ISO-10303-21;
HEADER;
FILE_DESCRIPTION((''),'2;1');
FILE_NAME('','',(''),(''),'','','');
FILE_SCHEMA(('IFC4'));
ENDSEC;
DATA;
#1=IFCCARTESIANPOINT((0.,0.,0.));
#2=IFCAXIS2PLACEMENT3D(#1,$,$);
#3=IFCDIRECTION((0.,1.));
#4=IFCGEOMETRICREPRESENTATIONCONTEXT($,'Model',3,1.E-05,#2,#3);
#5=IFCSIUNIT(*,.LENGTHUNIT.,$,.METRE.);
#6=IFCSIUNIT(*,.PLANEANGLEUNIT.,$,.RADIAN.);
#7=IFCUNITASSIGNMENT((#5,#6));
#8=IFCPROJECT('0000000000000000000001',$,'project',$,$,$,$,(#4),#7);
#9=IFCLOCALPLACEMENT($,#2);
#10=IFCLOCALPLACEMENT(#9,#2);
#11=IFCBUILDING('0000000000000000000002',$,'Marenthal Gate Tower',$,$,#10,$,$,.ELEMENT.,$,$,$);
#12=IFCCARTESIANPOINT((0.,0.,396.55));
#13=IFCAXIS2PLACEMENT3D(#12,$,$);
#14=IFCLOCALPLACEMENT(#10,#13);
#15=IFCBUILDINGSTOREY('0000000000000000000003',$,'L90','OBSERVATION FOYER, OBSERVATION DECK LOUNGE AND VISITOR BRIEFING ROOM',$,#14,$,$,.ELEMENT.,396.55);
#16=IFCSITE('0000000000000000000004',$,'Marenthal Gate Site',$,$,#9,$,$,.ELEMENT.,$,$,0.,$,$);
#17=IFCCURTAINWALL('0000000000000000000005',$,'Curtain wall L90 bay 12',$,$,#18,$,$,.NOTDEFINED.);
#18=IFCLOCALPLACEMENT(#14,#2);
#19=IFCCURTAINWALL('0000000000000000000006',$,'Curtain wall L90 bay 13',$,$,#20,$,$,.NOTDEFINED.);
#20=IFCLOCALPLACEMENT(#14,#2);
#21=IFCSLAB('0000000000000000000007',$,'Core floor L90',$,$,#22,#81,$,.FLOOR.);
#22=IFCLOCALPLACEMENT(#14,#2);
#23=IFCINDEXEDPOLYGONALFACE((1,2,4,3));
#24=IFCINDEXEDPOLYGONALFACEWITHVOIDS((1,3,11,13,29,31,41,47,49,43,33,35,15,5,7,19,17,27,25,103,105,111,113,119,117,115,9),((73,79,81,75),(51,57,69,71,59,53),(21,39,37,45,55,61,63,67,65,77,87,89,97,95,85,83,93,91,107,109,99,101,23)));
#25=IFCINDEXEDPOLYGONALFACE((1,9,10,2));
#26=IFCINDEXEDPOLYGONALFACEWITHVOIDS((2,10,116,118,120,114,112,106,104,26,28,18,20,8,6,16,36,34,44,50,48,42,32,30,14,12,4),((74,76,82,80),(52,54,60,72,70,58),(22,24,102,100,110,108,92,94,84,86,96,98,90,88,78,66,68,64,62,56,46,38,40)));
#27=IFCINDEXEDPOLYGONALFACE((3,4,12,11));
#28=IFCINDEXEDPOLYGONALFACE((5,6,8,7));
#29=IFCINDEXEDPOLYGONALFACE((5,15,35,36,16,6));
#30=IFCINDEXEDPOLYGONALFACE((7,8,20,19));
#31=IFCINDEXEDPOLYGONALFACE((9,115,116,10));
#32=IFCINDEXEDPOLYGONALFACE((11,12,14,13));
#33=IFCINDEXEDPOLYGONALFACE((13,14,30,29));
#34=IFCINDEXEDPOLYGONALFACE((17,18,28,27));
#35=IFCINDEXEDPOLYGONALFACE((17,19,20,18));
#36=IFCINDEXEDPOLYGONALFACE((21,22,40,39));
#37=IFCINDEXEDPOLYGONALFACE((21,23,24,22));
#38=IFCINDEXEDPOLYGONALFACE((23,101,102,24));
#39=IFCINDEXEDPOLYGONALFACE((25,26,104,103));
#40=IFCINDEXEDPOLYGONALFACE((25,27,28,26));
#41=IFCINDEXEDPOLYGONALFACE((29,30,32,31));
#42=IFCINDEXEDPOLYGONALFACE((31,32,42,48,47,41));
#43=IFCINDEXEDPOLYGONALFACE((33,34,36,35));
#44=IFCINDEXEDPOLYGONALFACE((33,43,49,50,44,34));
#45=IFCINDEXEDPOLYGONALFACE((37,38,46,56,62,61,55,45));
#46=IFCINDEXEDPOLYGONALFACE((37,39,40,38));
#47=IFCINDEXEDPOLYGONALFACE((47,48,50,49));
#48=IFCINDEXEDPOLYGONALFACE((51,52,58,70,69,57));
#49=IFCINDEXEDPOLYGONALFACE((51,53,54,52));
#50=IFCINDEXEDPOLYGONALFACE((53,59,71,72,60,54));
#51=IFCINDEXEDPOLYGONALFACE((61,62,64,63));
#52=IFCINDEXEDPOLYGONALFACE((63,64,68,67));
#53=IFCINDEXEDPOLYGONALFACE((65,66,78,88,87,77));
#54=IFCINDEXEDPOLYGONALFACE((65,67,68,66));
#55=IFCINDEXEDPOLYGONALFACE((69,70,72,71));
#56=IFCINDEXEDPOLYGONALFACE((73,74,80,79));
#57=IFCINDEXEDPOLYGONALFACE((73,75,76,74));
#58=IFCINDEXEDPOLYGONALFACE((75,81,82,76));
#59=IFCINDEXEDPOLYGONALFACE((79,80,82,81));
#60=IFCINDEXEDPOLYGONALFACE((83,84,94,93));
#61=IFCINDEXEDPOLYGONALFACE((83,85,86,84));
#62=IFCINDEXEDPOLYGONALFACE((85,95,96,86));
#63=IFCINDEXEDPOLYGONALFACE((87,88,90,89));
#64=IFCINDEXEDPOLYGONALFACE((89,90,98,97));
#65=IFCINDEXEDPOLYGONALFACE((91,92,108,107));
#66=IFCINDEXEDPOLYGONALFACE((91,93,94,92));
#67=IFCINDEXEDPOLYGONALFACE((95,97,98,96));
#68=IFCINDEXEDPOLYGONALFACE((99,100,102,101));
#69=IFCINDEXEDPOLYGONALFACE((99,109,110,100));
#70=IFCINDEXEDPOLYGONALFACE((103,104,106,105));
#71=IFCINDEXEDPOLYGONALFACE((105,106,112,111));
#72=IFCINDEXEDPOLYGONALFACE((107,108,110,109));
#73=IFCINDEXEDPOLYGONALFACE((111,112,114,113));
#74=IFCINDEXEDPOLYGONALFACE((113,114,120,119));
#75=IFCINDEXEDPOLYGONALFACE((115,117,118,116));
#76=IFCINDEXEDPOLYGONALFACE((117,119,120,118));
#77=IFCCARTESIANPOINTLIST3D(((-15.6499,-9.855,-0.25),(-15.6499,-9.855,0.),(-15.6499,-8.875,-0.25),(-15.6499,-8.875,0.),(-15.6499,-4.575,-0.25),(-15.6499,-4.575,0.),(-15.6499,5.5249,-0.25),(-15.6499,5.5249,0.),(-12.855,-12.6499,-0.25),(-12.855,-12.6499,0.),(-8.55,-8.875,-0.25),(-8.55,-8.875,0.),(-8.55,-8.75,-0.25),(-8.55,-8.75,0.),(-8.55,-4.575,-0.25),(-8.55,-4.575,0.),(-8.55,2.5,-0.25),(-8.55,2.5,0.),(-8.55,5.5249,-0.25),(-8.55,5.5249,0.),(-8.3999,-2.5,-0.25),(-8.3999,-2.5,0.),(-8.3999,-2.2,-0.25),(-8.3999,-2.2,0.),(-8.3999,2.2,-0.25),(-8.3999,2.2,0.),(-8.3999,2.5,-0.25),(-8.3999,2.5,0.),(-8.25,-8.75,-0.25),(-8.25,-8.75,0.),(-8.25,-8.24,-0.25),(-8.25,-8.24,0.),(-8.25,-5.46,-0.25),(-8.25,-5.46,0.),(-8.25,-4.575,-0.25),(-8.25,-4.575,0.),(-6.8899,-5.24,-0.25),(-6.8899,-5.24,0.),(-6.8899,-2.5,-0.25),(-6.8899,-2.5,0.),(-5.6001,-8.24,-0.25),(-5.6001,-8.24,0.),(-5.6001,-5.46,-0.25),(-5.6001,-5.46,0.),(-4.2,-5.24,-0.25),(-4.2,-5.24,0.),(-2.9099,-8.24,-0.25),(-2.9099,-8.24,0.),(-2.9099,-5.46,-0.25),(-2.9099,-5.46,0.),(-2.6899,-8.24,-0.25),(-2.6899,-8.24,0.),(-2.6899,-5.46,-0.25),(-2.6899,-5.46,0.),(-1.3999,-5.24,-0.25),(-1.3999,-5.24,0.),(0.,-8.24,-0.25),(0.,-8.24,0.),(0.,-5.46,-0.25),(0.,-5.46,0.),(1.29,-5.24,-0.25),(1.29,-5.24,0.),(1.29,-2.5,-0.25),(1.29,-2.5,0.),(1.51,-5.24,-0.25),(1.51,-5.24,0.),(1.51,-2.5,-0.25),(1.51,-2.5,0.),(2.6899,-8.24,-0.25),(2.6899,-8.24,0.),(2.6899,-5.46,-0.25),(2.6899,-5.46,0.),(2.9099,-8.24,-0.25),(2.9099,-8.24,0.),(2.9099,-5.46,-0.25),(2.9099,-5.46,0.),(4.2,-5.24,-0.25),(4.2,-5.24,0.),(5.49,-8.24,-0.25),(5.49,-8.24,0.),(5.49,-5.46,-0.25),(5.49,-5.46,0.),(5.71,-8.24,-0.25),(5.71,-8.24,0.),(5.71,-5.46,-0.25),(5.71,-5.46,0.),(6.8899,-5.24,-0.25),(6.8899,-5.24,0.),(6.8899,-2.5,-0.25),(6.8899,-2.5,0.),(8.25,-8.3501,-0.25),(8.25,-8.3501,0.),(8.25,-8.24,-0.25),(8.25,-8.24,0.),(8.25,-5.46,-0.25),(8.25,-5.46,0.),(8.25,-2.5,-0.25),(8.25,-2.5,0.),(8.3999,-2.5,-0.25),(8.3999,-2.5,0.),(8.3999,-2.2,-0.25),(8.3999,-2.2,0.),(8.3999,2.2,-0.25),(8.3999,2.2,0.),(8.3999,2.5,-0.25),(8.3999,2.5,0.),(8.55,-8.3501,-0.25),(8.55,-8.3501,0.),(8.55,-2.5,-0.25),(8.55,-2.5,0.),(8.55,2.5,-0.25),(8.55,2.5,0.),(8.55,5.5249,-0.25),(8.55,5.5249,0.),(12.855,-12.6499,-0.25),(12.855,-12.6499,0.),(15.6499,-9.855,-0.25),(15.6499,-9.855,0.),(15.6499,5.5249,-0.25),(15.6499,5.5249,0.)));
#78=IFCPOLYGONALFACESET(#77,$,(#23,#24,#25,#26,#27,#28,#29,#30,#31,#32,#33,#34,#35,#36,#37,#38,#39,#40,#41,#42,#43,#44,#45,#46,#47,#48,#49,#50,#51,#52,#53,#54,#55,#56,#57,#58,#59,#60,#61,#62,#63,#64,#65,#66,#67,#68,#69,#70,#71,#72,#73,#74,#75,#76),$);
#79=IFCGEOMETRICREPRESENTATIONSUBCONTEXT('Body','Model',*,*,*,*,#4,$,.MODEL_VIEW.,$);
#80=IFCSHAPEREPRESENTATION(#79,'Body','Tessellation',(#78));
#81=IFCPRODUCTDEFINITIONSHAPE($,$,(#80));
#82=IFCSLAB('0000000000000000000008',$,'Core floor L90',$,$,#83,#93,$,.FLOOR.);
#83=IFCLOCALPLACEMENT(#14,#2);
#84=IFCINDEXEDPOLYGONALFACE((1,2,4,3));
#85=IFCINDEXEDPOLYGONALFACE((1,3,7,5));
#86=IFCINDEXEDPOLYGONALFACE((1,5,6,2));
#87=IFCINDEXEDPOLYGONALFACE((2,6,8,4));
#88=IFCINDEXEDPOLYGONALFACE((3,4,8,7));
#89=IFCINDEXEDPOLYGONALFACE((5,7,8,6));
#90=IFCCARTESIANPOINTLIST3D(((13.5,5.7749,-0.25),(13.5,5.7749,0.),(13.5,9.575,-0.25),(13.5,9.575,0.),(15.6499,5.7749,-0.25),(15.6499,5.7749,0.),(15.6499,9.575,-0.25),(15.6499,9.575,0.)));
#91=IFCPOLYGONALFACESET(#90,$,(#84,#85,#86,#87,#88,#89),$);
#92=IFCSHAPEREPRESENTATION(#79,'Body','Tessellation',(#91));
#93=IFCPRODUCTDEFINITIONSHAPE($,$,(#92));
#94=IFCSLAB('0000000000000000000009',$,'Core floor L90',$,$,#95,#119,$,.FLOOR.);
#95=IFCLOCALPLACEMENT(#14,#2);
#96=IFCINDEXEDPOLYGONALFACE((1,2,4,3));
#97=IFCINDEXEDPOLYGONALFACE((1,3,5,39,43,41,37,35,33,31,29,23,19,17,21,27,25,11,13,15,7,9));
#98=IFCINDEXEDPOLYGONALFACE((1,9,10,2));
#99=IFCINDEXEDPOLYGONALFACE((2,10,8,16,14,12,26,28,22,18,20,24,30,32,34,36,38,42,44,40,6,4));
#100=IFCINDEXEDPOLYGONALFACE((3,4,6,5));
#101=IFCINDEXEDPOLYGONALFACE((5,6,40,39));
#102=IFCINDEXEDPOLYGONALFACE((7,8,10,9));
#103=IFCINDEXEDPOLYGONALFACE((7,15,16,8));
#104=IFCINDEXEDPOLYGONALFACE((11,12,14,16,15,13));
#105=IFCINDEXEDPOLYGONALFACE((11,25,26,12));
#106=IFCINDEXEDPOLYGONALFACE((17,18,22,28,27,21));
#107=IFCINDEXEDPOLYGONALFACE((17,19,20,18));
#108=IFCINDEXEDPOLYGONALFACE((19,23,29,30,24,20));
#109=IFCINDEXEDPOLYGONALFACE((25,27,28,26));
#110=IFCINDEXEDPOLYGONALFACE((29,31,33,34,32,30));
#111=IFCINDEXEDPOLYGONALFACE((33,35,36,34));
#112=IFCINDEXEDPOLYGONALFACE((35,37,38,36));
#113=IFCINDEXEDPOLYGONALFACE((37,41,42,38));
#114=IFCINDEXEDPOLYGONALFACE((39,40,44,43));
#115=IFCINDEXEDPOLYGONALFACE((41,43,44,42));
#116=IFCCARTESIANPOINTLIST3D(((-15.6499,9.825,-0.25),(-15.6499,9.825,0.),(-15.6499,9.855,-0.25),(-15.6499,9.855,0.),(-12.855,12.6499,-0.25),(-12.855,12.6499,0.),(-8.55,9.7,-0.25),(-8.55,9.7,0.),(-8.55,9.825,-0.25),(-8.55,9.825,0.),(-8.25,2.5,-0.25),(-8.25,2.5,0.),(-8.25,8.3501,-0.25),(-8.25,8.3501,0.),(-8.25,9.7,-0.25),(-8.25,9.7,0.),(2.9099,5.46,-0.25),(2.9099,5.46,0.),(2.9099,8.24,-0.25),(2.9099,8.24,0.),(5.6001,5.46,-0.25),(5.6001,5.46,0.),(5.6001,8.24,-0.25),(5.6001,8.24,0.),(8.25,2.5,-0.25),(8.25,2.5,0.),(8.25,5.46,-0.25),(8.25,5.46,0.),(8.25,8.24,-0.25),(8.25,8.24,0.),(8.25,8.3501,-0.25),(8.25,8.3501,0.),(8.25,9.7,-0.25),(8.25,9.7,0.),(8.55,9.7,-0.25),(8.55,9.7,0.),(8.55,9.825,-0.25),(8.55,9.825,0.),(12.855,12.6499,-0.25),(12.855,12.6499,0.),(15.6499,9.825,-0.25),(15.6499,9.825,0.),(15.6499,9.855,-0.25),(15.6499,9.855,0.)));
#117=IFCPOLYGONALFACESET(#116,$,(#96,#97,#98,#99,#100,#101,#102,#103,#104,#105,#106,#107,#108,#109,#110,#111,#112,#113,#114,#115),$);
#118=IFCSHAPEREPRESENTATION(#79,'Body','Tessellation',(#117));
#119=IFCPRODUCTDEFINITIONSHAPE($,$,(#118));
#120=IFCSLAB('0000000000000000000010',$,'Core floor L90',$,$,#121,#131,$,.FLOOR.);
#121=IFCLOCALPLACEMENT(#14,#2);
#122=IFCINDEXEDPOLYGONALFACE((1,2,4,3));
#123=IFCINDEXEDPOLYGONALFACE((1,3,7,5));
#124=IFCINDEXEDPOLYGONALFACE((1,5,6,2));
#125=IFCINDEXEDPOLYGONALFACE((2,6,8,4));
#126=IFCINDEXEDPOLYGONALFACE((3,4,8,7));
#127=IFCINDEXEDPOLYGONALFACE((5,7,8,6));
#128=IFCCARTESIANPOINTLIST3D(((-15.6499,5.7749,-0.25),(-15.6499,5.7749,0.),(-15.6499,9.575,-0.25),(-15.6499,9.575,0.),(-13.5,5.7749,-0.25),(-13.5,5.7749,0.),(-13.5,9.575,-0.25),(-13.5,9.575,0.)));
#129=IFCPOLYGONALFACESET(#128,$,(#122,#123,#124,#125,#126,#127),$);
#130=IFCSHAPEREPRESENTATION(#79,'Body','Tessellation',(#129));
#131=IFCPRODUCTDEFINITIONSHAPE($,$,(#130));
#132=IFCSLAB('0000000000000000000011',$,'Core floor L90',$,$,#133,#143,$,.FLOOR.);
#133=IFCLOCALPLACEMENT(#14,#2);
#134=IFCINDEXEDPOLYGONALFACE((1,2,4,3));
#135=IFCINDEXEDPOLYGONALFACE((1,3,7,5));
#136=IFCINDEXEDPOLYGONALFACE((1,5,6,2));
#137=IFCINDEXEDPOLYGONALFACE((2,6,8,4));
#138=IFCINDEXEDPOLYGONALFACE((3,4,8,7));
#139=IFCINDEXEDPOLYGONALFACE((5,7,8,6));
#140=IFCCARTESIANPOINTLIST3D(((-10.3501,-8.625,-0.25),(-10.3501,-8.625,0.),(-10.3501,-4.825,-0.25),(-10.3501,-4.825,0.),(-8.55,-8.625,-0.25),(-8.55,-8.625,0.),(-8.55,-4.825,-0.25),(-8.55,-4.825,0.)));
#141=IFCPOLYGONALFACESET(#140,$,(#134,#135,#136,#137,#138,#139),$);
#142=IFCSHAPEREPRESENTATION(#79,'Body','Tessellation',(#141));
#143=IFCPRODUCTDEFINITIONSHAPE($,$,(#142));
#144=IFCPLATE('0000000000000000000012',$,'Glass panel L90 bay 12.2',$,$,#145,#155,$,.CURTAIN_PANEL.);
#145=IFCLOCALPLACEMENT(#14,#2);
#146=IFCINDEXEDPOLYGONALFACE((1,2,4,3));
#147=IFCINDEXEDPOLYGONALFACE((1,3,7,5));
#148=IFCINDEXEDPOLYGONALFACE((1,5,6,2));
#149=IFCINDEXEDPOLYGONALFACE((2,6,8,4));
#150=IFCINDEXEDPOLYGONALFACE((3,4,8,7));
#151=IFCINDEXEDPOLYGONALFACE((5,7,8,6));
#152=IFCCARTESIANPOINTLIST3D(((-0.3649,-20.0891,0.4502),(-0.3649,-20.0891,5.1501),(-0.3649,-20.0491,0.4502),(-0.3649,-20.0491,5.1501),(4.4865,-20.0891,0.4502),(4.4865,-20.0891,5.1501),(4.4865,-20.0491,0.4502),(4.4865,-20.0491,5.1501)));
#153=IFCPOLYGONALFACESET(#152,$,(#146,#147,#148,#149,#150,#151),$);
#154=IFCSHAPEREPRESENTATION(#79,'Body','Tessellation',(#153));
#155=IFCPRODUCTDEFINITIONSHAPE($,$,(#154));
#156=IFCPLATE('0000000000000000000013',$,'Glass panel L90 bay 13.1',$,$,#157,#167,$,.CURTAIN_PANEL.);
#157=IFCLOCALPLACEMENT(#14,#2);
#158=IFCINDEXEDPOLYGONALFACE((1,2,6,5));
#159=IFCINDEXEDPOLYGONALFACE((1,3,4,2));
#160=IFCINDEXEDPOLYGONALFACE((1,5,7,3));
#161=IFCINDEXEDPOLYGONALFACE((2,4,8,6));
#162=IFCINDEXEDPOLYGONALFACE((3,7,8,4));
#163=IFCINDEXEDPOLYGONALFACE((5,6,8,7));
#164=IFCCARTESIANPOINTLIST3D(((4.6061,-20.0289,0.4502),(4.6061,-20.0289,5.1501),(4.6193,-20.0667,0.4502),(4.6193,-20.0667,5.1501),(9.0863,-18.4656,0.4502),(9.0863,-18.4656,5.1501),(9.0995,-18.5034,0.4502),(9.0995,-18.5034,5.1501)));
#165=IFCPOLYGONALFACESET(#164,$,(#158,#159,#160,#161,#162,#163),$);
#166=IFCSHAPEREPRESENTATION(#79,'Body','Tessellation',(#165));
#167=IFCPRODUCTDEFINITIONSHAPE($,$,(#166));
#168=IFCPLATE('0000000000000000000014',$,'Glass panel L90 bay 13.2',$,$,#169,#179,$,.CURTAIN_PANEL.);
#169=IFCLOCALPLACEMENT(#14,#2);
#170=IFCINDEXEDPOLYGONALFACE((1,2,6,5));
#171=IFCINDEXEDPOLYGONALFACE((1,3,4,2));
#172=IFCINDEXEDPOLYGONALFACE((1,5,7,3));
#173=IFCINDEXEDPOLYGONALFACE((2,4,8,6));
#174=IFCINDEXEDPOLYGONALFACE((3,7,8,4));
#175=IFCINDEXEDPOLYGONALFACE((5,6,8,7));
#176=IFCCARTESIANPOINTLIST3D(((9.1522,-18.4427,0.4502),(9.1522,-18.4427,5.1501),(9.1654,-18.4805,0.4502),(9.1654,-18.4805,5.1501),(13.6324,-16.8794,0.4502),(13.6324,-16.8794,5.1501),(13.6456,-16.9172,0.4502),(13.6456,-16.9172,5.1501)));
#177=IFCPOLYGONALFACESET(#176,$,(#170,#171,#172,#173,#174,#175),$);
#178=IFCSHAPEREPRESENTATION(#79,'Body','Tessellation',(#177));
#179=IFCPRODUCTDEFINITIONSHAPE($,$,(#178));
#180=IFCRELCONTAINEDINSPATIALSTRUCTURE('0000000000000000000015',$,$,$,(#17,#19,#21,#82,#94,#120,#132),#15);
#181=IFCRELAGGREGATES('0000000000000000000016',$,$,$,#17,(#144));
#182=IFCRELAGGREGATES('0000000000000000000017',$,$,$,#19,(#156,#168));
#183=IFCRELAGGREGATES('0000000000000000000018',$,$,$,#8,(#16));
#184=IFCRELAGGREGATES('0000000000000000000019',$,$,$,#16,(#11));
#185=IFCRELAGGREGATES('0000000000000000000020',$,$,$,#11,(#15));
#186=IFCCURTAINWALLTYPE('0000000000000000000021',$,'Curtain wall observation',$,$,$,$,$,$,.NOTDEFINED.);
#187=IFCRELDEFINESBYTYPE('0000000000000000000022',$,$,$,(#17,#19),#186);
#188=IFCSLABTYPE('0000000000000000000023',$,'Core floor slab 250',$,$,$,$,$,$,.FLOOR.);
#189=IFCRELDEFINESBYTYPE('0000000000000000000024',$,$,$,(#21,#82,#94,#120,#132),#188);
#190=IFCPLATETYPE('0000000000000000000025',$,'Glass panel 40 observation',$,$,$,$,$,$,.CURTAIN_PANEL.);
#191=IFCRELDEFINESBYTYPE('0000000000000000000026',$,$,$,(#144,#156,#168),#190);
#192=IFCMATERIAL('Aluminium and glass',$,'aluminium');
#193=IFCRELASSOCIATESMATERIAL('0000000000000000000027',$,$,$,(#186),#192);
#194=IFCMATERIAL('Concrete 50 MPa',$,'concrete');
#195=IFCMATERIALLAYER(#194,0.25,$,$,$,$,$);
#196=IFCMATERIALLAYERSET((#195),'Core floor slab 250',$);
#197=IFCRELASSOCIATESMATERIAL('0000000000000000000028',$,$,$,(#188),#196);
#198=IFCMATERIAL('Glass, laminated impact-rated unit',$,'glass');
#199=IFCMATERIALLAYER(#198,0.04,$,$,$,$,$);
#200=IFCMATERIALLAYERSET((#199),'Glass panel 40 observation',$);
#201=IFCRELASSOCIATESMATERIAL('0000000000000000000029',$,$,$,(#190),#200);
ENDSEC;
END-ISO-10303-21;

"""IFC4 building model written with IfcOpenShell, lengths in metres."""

from ifc_helpers import new_model, si_unit, direction, frame, origin, origin_2d, place, context, subcontext, project, spatial, polyline, rectangle, outline, extrude, material, layer, layer_set, type_object, element, aggregate, save


model = new_model("IFC4")

# Units and contexts
model_context = context("Model", 3, precision=1e-05, world=origin(), true_north=direction((0.0, 1.0)))
body_context = subcontext(model_context, "Body", "Model", "MODEL_VIEW")
ifc_project = project(units=[si_unit("LENGTHUNIT", "METRE"), si_unit("PLANEANGLEUNIT", "RADIAN")], contexts=[model_context])

# Site, building, storey
site_placement = place(None, origin())
site = spatial("IfcSite", under=ifc_project, at=site_placement, Name="Marenthal Gate Site", CompositionType="ELEMENT", RefElevation=0.0)
building_placement = place(site_placement, origin())
building = spatial("IfcBuilding", under=site, at=building_placement, Name="Marenthal Gate Tower", CompositionType="ELEMENT")
storey_placement = place(building_placement, frame((0.0, 0.0, 396.55)))
storey = spatial("IfcBuildingStorey", under=building, at=storey_placement, Name="L90", Description="OBSERVATION FOYER, OBSERVATION DECK LOUNGE AND VISITOR BRIEFING ROOM", CompositionType="ELEMENT", Elevation=396.55)

# Curtain wall
ifc_material_1 = material(Name="Aluminium and glass", Category="aluminium")
curtain_wall_type = type_object("IfcCurtainWallType", Name="Curtain wall observation", PredefinedType="NOTDEFINED", material=ifc_material_1)
curtain_wall_1_placement = place(storey_placement, origin())
curtain_wall_1 = element("IfcCurtainWall", 1, at=curtain_wall_1_placement, inside=storey, type_object=curtain_wall_type, Name="Curtain wall L90 bay 12", PredefinedType="NOTDEFINED")

# Curtain wall
curtain_wall_2_placement = place(storey_placement, origin())
curtain_wall_2 = element("IfcCurtainWall", 2, at=curtain_wall_2_placement, inside=storey, type_object=curtain_wall_type, Name="Curtain wall L90 bay 13", PredefinedType="NOTDEFINED")

# Slabs
ifc_material_2 = material(Name="Concrete 50 MPa", Category="concrete")
ifc_layer_1 = layer(ifc_material_2, 0.25)
ifc_layer_set_1 = layer_set([ifc_layer_1], Name="Core floor slab 250")
slab_type_1 = type_object("IfcSlabType", Name="Core floor slab 250", PredefinedType="FLOOR", material=ifc_layer_set_1)
slab_1_placement = place(storey_placement, frame((0.0, 0.0, -0.25)))
element("IfcSlab", 3, at=slab_1_placement, inside=storey, type_object=slab_type_1, Name="Core floor L90", PredefinedType="FLOOR", context=body_context, shape_type="SweptSolid", body=[
    extrude(outline(polyline([(12.855, -12.6499), (-12.855, -12.6499), (-15.6499, -9.855), (-15.6499, -8.875), (-8.55, -8.875), (-8.55, -8.75), (-8.25, -8.75), (-8.25, -8.24), (-5.6001, -8.24), (-2.9099, -8.24), (-2.9099, -5.46), (-5.6001, -5.46), (-8.25, -5.46), (-8.25, -4.575), (-8.55, -4.575), (-15.6499, -4.575), (-15.6499, 5.5249), (-8.55, 5.5249), (-8.55, 2.5), (-8.3999, 2.5), (-8.3999, 2.2), (8.3999, 2.2), (8.3999, 2.5), (8.55, 2.5), (8.55, 5.5249), (15.6499, 5.5249), (15.6499, -9.855), (12.855, -12.6499)]), holes=[polyline([(0.0, -8.24), (2.6899, -8.24), (2.6899, -5.46), (0.0, -5.46), (-2.6899, -5.46), (-2.6899, -8.24), (0.0, -8.24)]), polyline([(1.29, -5.24), (1.29, -2.5), (1.51, -2.5), (1.51, -5.24), (4.2, -5.24), (6.8899, -5.24), (6.8899, -2.5), (8.25, -2.5), (8.25, -5.46), (5.71, -5.46), (5.71, -8.24), (8.25, -8.24), (8.25, -8.3501), (8.55, -8.3501), (8.55, -2.5), (8.3999, -2.5), (8.3999, -2.2), (-8.3999, -2.2), (-8.3999, -2.5), (-6.8899, -2.5), (-6.8899, -5.24), (-4.2, -5.24), (-1.3999, -5.24), (1.29, -5.24)]), polyline([(5.49, -5.46), (2.9099, -5.46), (2.9099, -8.24), (5.49, -8.24), (5.49, -5.46)])]), origin(), (0.0, 0.0, 1.0), 0.25),
])
slab_2_placement = place(storey_placement, frame((0.0, 0.0, -0.25)))
element("IfcSlab", 4, at=slab_2_placement, inside=storey, type_object=slab_type_1, Name="Core floor L90", PredefinedType="FLOOR", context=body_context, shape_type="SweptSolid", body=[
    extrude(outline(polyline([(15.6499, 5.7749), (13.5, 5.7749), (13.5, 9.575), (15.6499, 9.575), (15.6499, 5.7749)])), origin(), (0.0, 0.0, 1.0), 0.25),
])
slab_3_placement = place(storey_placement, frame((0.0, 0.0, -0.25)))
element("IfcSlab", 5, at=slab_3_placement, inside=storey, type_object=slab_type_1, Name="Core floor L90", PredefinedType="FLOOR", context=body_context, shape_type="SweptSolid", body=[
    extrude(outline(polyline([(15.6499, 9.825), (8.55, 9.825), (8.55, 9.7), (8.25, 9.7), (8.25, 8.3501), (8.25, 8.24), (5.6001, 8.24), (2.9099, 8.24), (2.9099, 5.46), (5.6001, 5.46), (8.25, 5.46), (8.25, 2.5), (-8.25, 2.5), (-8.25, 8.3501), (-8.25, 9.7), (-8.55, 9.7), (-8.55, 9.825), (-15.6499, 9.825), (-15.6499, 9.855), (-12.855, 12.6499), (12.855, 12.6499), (15.6499, 9.855), (15.6499, 9.825)])), origin(), (0.0, 0.0, 1.0), 0.25),
])
slab_4_placement = place(storey_placement, frame((0.0, 0.0, -0.25)))
element("IfcSlab", 6, at=slab_4_placement, inside=storey, type_object=slab_type_1, Name="Core floor L90", PredefinedType="FLOOR", context=body_context, shape_type="SweptSolid", body=[
    extrude(outline(polyline([(-15.6499, 9.575), (-13.5, 9.575), (-13.5, 5.7749), (-15.6499, 5.7749), (-15.6499, 9.575)])), origin(), (0.0, 0.0, 1.0), 0.25),
])
slab_5_placement = place(storey_placement, frame((0.0, 0.0, -0.25)))
element("IfcSlab", 7, at=slab_5_placement, inside=storey, type_object=slab_type_1, Name="Core floor L90", PredefinedType="FLOOR", context=body_context, shape_type="SweptSolid", body=[
    extrude(outline(polyline([(-8.55, -4.825), (-8.55, -8.625), (-10.3501, -8.625), (-10.3501, -4.825), (-8.55, -4.825)])), origin(), (0.0, 0.0, 1.0), 0.25),
])

# Plates
ifc_material_3 = material(Name="Glass, laminated impact-rated unit", Category="glass")
ifc_layer_2 = layer(ifc_material_3, 0.04)
ifc_layer_set_2 = layer_set([ifc_layer_2], Name="Glass panel 40 observation")
plate_type = type_object("IfcPlateType", Name="Glass panel 40 observation", PredefinedType="CURTAIN_PANEL", material=ifc_layer_set_2)
plate_1_placement = place(storey_placement, frame((2.0608, -20.0691, 0.4502), z_axis=(0.0, 0.0, 1.0), x_axis=(1.0, 0.0, 0.0)))
plate_1 = element("IfcPlate", 8, at=plate_1_placement, type_object=plate_type, Name="Glass panel L90 bay 12.2", PredefinedType="CURTAIN_PANEL", context=body_context, shape_type="SweptSolid", body=[
    extrude(rectangle(XDim=4.8513, YDim=0.04, at=origin_2d()), origin(), (0.0, 0.0, 1.0), 4.7),
])
aggregate(curtain_wall_1, [plate_1])
plate_2_placement = place(storey_placement, frame((6.8528, -19.2661, 0.4502), z_axis=(0.0, 0.0, 1.0), x_axis=(0.944172, 0.329454, 0.0)))
plate_2 = element("IfcPlate", 9, at=plate_2_placement, type_object=plate_type, Name="Glass panel L90 bay 13.1", PredefinedType="CURTAIN_PANEL", context=body_context, shape_type="SweptSolid", body=[
    extrude(rectangle(XDim=4.7451, YDim=0.04, at=origin_2d()), origin(), (0.0, 0.0, 1.0), 4.7),
])
plate_3_placement = place(storey_placement, frame((11.3989, -17.6799, 0.4502), z_axis=(0.0, 0.0, 1.0), x_axis=(0.944172, 0.329454, 0.0)))
plate_3 = element("IfcPlate", 10, at=plate_3_placement, type_object=plate_type, Name="Glass panel L90 bay 13.2", PredefinedType="CURTAIN_PANEL", context=body_context, shape_type="SweptSolid", body=[
    extrude(rectangle(XDim=4.7451, YDim=0.04, at=origin_2d()), origin(), (0.0, 0.0, 1.0), 4.7),
])
aggregate(curtain_wall_2, [plate_2, plate_3])

save(model, "model.ifc")
